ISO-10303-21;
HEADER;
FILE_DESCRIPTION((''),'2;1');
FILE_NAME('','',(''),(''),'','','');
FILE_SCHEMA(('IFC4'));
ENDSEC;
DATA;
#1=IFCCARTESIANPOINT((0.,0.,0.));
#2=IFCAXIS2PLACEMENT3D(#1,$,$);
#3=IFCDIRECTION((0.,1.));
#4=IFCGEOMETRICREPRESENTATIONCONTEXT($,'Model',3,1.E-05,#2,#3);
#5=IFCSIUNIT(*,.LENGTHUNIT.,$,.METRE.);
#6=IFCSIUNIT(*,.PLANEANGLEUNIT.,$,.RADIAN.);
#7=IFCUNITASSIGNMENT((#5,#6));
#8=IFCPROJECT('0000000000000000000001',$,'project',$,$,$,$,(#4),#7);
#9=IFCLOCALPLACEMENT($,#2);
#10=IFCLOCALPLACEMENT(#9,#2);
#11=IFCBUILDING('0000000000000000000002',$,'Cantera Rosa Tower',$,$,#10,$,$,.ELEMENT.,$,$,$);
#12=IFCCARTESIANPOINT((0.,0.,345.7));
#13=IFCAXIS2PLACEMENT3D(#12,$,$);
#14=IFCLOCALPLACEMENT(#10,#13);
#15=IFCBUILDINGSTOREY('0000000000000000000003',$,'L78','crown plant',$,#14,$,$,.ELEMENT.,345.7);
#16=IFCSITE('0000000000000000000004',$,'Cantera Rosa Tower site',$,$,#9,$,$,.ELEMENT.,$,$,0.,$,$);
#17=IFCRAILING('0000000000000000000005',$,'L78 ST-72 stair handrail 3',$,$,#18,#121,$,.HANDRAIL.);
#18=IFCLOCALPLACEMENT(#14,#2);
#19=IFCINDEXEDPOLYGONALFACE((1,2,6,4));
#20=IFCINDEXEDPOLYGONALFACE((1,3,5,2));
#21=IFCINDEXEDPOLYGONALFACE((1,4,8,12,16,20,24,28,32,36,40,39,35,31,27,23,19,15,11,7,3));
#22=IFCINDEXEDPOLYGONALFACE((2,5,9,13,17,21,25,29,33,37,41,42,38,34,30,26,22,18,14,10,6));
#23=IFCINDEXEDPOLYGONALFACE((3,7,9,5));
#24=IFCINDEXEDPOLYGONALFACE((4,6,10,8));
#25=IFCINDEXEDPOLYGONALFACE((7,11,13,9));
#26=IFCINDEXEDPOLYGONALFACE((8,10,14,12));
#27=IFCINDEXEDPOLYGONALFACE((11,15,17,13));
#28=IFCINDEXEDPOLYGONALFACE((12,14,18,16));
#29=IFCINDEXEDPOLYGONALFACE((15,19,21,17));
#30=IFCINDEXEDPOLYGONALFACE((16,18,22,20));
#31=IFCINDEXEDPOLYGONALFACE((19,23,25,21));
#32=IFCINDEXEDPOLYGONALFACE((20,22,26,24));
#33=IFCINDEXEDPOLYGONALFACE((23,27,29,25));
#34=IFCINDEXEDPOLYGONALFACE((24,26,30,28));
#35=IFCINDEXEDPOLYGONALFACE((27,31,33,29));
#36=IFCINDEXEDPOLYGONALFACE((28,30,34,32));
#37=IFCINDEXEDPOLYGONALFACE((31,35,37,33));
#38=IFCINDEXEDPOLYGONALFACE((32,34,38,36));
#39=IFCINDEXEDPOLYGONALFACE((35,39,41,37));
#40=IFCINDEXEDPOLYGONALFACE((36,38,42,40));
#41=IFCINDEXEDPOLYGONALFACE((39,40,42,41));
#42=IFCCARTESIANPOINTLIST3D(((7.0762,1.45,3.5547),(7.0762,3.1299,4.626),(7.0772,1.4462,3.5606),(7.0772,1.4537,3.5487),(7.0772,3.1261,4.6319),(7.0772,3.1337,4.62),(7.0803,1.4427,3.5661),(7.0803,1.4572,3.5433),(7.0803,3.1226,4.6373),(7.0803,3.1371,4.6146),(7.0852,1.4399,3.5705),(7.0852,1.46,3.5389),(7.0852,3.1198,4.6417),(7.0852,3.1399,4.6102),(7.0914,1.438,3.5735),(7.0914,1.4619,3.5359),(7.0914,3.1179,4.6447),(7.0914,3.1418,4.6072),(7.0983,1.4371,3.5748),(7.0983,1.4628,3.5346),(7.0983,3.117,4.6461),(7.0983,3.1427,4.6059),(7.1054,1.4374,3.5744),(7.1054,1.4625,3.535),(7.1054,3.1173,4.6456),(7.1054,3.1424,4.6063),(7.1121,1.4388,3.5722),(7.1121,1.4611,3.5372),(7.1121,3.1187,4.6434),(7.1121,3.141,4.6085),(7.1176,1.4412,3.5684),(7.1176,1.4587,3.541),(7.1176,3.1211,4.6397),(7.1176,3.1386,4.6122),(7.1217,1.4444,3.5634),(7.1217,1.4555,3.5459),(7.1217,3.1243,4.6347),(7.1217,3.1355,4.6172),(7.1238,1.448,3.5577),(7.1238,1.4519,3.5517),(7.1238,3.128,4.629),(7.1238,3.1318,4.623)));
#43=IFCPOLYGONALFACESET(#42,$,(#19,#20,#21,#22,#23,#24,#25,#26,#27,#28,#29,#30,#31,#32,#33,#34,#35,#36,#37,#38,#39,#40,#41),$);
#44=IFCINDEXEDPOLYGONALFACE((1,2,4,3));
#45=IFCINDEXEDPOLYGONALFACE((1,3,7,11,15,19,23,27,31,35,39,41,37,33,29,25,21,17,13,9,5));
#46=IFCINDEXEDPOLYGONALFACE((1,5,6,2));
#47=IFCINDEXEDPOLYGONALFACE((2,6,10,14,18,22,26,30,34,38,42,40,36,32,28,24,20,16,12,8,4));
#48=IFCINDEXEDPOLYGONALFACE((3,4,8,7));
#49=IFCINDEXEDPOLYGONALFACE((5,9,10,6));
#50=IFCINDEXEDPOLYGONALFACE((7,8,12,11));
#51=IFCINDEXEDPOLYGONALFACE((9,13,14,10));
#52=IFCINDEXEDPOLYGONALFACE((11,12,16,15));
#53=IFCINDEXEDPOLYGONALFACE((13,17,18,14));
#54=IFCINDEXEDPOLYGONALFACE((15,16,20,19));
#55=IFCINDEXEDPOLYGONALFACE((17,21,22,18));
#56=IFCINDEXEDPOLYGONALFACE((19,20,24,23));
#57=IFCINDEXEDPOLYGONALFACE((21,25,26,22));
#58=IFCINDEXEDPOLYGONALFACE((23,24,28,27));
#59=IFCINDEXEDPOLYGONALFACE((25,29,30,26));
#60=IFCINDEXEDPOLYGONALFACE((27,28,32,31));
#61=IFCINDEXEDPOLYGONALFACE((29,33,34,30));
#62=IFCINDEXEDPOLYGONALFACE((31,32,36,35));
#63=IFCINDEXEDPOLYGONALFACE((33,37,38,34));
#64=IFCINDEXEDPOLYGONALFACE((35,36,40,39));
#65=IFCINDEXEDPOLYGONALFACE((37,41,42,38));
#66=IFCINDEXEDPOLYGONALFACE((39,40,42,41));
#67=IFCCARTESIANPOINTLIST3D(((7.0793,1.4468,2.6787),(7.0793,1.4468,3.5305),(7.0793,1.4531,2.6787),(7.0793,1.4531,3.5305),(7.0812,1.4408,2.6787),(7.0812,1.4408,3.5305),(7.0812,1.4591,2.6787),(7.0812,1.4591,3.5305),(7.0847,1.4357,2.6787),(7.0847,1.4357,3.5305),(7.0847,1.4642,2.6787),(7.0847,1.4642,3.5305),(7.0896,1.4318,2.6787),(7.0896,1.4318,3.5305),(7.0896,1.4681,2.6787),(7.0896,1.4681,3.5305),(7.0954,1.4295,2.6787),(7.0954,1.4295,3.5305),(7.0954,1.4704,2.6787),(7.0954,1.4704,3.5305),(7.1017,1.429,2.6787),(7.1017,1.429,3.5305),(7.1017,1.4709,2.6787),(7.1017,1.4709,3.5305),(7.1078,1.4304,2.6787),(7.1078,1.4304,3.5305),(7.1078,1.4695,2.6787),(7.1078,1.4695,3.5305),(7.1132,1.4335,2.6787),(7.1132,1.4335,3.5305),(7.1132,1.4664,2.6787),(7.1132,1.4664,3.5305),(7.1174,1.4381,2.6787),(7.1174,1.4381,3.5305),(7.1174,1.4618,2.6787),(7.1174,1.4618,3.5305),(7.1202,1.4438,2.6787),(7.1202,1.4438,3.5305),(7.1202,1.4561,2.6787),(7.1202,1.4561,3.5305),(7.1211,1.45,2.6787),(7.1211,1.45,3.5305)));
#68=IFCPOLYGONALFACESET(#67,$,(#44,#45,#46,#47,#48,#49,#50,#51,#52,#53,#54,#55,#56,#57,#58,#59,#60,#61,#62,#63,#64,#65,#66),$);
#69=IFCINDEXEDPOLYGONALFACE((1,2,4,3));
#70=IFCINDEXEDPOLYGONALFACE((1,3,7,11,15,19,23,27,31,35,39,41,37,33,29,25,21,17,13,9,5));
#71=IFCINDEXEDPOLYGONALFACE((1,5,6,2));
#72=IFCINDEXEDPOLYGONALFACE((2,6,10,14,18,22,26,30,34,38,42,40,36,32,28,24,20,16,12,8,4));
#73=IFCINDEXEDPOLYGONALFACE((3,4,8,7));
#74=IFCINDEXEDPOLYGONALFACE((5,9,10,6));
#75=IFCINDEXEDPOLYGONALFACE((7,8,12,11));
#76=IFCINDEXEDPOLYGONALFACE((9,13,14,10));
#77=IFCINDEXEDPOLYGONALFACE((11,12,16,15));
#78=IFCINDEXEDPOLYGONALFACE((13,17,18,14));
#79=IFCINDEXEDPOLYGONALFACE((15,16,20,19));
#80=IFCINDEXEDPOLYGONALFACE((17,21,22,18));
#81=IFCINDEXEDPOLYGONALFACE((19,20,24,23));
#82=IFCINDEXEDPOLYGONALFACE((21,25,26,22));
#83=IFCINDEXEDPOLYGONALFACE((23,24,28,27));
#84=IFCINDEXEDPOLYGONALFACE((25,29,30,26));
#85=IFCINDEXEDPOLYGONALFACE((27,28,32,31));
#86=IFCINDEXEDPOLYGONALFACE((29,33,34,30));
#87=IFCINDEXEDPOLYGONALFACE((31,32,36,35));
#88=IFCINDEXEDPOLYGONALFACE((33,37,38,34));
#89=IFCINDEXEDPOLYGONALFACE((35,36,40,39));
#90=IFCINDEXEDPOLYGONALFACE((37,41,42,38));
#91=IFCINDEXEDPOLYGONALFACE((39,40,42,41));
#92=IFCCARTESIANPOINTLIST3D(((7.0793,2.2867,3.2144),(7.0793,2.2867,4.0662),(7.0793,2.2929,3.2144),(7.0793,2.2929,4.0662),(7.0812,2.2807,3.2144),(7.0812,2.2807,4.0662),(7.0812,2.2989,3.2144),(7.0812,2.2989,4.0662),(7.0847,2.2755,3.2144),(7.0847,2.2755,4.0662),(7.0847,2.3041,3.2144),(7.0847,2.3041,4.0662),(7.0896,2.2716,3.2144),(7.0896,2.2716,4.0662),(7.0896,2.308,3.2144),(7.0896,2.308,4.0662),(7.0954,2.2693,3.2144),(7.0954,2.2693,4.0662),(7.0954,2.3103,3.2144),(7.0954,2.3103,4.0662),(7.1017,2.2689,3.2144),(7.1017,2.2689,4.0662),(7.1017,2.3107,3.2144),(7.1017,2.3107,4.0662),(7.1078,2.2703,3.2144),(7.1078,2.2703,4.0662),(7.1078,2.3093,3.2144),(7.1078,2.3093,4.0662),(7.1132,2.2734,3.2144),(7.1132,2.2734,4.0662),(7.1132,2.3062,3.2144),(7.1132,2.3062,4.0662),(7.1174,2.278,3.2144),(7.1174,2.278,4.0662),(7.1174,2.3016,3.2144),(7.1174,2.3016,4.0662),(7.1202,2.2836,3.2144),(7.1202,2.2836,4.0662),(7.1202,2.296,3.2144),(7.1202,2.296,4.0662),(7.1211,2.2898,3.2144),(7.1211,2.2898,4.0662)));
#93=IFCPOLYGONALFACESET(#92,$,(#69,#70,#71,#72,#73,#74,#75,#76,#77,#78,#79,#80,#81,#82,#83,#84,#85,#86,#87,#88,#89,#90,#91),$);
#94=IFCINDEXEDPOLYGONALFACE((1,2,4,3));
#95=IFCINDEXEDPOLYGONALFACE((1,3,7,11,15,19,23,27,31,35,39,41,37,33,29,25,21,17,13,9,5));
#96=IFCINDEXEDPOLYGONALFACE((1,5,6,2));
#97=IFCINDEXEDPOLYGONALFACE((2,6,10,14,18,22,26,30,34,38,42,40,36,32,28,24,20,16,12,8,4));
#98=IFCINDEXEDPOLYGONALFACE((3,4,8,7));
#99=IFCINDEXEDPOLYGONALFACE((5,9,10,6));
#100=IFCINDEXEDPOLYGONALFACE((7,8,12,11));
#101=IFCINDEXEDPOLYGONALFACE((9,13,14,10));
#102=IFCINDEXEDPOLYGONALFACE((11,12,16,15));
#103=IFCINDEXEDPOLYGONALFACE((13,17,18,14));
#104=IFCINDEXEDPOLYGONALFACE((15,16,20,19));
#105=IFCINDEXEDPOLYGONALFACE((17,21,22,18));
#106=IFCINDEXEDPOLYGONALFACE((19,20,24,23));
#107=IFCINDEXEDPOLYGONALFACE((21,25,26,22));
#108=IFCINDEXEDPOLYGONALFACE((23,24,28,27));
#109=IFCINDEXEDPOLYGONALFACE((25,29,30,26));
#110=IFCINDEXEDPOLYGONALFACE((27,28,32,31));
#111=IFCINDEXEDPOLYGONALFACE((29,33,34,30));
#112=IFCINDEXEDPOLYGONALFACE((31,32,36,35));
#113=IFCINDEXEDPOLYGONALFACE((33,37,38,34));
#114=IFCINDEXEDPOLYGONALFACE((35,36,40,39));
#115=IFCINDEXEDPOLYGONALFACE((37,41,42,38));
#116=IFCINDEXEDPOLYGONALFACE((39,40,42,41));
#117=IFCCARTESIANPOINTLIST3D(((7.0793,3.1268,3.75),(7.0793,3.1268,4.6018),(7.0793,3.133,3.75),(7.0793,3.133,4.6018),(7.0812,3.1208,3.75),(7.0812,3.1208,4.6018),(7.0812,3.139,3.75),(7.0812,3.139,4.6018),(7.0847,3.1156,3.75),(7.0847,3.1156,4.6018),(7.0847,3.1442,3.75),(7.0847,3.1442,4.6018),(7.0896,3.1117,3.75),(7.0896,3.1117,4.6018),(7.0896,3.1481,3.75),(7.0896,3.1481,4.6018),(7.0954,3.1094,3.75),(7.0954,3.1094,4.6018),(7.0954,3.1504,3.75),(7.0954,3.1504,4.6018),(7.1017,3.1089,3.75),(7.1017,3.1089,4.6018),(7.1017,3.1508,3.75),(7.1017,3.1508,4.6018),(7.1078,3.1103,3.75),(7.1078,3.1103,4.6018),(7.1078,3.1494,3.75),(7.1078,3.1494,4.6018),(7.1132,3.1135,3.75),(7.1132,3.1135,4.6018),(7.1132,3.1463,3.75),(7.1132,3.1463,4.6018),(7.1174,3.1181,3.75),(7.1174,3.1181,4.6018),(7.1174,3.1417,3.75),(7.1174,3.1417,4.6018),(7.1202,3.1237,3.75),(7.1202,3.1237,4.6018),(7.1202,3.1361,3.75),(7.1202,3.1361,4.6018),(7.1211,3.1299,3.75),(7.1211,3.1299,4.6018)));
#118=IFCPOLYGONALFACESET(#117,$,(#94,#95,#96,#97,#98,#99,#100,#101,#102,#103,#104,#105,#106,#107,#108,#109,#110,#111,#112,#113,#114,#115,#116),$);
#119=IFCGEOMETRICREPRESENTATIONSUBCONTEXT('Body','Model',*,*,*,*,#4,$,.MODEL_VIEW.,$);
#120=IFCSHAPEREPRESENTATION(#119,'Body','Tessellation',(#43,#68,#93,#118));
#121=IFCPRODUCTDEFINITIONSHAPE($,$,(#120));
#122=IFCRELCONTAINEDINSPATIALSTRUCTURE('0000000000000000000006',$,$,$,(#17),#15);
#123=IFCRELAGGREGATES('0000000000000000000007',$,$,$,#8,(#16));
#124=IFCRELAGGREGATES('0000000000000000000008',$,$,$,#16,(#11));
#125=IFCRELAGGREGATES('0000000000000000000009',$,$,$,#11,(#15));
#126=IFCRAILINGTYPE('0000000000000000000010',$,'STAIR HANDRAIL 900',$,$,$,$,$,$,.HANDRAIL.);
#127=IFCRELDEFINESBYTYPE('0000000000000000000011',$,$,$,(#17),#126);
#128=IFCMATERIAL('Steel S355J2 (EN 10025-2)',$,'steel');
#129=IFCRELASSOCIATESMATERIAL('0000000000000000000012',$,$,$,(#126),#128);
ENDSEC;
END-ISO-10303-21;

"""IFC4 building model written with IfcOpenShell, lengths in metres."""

from ifc_helpers import new_model, si_unit, direction, frame, origin, origin_2d, place, context, subcontext, project, spatial, circle, extrude, material, type_object, element, save


model = new_model("IFC4")

# Units and contexts
model_context = context("Model", 3, precision=1e-05, world=origin(), true_north=direction((0.0, 1.0)))
body_context = subcontext(model_context, "Body", "Model", "MODEL_VIEW")
ifc_project = project(units=[si_unit("LENGTHUNIT", "METRE"), si_unit("PLANEANGLEUNIT", "RADIAN")], contexts=[model_context])

# Site, building, storey
site_placement = place(None, origin())
site = spatial("IfcSite", under=ifc_project, at=site_placement, Name="Cantera Rosa Tower site", CompositionType="ELEMENT", RefElevation=0.0)
building_placement = place(site_placement, origin())
building = spatial("IfcBuilding", under=site, at=building_placement, Name="Cantera Rosa Tower", CompositionType="ELEMENT")
storey_placement = place(building_placement, frame((0.0, 0.0, 345.7)))
storey = spatial("IfcBuildingStorey", under=building, at=storey_placement, Name="L78", Description="crown plant", CompositionType="ELEMENT", Elevation=345.7)

# Railing
ifc_material_1 = material(Name="Steel S355J2 (EN 10025-2)", Category="steel")
railing_type_1 = type_object("IfcRailingType", Name="STAIR HANDRAIL 900", PredefinedType="HANDRAIL", material=ifc_material_1)
railing_1_placement = place(storey_placement, frame((7.1001, 1.45, 2.6787)))
element("IfcRailing", 1, at=railing_1_placement, inside=storey, type_object=railing_type_1, Name="L78 ST-72 stair handrail 3", PredefinedType="HANDRAIL", context=body_context, shape_type="SweptSolid", body=[
    extrude(circle(Radius=0.0239, at=origin_2d()), frame((0.0, 0.0, 0.876), z_axis=(0.0, 0.843152, 0.537676), x_axis=(-1.0, 0.0, 0.0)), (0.0, 0.0, 1.0), 1.9924),
    extrude(circle(Radius=0.021, at=origin_2d()), origin(), (0.0, 0.0, 1.0), 0.8518),
    extrude(circle(Radius=0.021, at=origin_2d()), frame((0.0, 0.8398, 0.5356)), (0.0, 0.0, 1.0), 0.8518),
    extrude(circle(Radius=0.021, at=origin_2d()), frame((0.0, 1.6799, 1.0713)), (0.0, 0.0, 1.0), 0.8518),
])

save(model, "model.ifc")
